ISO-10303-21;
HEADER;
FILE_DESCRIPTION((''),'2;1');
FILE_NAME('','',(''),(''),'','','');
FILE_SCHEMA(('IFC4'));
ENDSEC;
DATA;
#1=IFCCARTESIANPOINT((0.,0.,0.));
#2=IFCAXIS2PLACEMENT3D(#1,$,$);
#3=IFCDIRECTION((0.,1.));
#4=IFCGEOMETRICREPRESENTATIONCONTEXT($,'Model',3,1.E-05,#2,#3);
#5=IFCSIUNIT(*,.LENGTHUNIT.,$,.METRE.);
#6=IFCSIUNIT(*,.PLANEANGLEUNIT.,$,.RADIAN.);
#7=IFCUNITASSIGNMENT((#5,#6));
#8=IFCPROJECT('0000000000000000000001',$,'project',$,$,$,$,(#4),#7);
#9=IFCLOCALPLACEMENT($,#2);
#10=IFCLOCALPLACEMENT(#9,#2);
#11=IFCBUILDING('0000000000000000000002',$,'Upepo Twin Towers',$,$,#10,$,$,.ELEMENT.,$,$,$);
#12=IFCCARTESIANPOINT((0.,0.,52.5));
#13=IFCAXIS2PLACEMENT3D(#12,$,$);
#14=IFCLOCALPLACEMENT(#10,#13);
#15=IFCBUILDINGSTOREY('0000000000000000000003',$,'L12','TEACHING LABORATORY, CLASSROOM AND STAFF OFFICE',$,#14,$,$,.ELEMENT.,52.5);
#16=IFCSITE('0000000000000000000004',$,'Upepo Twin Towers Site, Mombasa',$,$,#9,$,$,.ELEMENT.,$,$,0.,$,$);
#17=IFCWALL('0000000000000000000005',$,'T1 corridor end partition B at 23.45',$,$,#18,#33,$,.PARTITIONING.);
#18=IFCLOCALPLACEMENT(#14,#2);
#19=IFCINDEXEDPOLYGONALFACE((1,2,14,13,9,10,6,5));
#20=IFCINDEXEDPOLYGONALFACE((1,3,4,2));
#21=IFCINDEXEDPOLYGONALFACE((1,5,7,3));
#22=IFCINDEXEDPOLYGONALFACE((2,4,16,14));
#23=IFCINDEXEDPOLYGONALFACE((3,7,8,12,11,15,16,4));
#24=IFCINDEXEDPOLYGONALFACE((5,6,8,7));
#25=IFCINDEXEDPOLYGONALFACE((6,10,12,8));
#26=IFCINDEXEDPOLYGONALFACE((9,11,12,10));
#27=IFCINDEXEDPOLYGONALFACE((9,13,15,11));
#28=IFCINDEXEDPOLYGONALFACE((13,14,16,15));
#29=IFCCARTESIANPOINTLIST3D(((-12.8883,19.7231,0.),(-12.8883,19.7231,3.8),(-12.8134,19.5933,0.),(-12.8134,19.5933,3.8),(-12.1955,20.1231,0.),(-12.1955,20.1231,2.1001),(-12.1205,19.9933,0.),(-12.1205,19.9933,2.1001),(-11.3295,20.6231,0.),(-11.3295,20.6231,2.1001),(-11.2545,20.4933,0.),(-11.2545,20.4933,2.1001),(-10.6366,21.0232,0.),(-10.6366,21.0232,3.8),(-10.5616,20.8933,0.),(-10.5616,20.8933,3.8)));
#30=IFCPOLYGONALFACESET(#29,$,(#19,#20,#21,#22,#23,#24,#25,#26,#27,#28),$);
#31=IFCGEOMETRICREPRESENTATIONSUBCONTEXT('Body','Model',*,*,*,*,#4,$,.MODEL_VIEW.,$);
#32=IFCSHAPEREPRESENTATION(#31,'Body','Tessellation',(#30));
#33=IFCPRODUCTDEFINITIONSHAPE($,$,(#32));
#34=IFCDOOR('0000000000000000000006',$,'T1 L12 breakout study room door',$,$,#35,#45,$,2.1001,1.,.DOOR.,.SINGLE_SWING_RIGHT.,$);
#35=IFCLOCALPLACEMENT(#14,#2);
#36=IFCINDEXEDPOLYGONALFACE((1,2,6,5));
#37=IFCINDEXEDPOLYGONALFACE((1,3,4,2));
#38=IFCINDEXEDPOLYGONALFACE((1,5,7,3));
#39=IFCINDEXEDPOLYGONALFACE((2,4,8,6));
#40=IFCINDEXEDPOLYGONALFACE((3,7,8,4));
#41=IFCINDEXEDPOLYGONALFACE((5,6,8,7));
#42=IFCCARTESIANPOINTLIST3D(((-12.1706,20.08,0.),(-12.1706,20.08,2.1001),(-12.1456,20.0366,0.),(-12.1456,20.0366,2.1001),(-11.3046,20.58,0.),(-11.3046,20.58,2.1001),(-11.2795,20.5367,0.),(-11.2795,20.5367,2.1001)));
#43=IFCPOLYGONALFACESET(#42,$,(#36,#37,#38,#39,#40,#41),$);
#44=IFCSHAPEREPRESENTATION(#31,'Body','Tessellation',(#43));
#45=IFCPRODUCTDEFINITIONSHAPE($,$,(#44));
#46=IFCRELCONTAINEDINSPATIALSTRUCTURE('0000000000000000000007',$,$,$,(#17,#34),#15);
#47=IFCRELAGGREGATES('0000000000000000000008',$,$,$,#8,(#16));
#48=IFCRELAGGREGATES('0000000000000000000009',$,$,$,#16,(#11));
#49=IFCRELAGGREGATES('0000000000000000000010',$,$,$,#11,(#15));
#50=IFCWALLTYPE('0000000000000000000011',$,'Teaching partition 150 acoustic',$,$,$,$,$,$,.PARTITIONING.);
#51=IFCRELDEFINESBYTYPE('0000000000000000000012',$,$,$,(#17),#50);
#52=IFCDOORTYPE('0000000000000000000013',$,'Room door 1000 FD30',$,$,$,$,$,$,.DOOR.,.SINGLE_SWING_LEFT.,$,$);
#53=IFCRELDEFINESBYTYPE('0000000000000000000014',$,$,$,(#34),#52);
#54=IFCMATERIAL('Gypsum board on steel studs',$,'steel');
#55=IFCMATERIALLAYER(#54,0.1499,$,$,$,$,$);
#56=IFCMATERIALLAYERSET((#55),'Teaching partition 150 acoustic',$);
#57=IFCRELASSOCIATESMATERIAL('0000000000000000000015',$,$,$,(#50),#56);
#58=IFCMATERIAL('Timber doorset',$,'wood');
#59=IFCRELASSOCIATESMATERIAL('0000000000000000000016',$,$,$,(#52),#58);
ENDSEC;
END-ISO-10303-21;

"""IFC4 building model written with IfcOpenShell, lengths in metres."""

from ifc_helpers import new_model, si_unit, direction, frame, frame_2d, origin, place, context, subcontext, project, spatial, rectangle, extrude, material, layer, layer_set, type_object, element, fill, save


model = new_model("IFC4")

# Units and contexts
model_context = context("Model", 3, precision=1e-05, world=origin(), true_north=direction((0.0, 1.0)))
body_context = subcontext(model_context, "Body", "Model", "MODEL_VIEW")
ifc_project = project(units=[si_unit("LENGTHUNIT", "METRE"), si_unit("PLANEANGLEUNIT", "RADIAN")], contexts=[model_context])

# Site, building, storey
site_placement = place(None, origin())
site = spatial("IfcSite", under=ifc_project, at=site_placement, Name="Upepo Twin Towers Site, Mombasa", CompositionType="ELEMENT", RefElevation=0.0)
building_placement = place(site_placement, origin())
building = spatial("IfcBuilding", under=site, at=building_placement, Name="Upepo Twin Towers", CompositionType="ELEMENT")
storey_placement = place(building_placement, frame((0.0, 0.0, 52.5)))
storey = spatial("IfcBuildingStorey", under=building, at=storey_placement, Name="L12", Description="TEACHING LABORATORY, CLASSROOM AND STAFF OFFICE", CompositionType="ELEMENT", Elevation=52.5)

# Shared definitions
ifc_material_1 = material(Name="Gypsum board on steel studs", Category="steel")
ifc_layer_1 = layer(ifc_material_1, 0.1499)
ifc_layer_set_1 = layer_set([ifc_layer_1], Name="Teaching partition 150 acoustic")
wall_type_1 = type_object("IfcWallType", Name="Teaching partition 150 acoustic", PredefinedType="PARTITIONING", material=ifc_layer_set_1)

# Shared definitions
ifc_material_2 = material(Name="Timber doorset", Category="wood")
door_type = type_object("IfcDoorType", Name="Room door 1000 FD30", OperationType="SINGLE_SWING_LEFT", PredefinedType="DOOR", material=ifc_material_2)

# Wall, opening, door
wall_1_placement = place(storey_placement, frame((-10.5991, 20.9583, 0.0), z_axis=(0.0, 0.0, 1.0), x_axis=(-0.866021, -0.500007, 0.0)))
wall_1 = element("IfcWall", 1, at=wall_1_placement, inside=storey, type_object=wall_type_1, Name="T1 corridor end partition B at 23.45", PredefinedType="PARTITIONING", context=body_context, shape_type="SweptSolid", body=[
    extrude(rectangle(XDim=2.6001, YDim=0.1499, at=frame_2d((1.3, 0.0))), origin(), (0.0, 0.0, 1.0), 3.8),
])
opening_1_placement = place(wall_1_placement, frame((0.8, 0.0, 0.0)))
opening_1 = element("IfcOpeningElement", 2, at=opening_1_placement, cuts=wall_1, PredefinedType="OPENING", context=body_context, shape_type="SweptSolid", body=[
    extrude(rectangle(XDim=1.0, YDim=2.1001, at=frame_2d((0.5, 1.05))), frame((0.0, 0.085, 0.0), z_axis=(0.0, -1.0, 0.0), x_axis=(1.0, 0.0, 0.0)), (0.0, 0.0, 1.0), 0.1699),
])
door_1_placement = place(opening_1_placement, origin())
door_1 = element("IfcDoor", 3, at=door_1_placement, inside=storey, type_object=door_type, Name="T1 L12 breakout study room door", OperationType="SINGLE_SWING_RIGHT", OverallHeight=2.1001, OverallWidth=1.0, PredefinedType="DOOR", context=body_context, shape_type="SweptSolid", body=[
    extrude(rectangle(XDim=1.0, YDim=2.1001, at=frame_2d((0.5, 1.05))), frame((0.0, 0.0249, 0.0), z_axis=(0.0, -1.0, 0.0), x_axis=(1.0, 0.0, 0.0)), (0.0, 0.0, 1.0), 0.05),
])
fill(opening_1, door_1)

save(model, "model.ifc")
